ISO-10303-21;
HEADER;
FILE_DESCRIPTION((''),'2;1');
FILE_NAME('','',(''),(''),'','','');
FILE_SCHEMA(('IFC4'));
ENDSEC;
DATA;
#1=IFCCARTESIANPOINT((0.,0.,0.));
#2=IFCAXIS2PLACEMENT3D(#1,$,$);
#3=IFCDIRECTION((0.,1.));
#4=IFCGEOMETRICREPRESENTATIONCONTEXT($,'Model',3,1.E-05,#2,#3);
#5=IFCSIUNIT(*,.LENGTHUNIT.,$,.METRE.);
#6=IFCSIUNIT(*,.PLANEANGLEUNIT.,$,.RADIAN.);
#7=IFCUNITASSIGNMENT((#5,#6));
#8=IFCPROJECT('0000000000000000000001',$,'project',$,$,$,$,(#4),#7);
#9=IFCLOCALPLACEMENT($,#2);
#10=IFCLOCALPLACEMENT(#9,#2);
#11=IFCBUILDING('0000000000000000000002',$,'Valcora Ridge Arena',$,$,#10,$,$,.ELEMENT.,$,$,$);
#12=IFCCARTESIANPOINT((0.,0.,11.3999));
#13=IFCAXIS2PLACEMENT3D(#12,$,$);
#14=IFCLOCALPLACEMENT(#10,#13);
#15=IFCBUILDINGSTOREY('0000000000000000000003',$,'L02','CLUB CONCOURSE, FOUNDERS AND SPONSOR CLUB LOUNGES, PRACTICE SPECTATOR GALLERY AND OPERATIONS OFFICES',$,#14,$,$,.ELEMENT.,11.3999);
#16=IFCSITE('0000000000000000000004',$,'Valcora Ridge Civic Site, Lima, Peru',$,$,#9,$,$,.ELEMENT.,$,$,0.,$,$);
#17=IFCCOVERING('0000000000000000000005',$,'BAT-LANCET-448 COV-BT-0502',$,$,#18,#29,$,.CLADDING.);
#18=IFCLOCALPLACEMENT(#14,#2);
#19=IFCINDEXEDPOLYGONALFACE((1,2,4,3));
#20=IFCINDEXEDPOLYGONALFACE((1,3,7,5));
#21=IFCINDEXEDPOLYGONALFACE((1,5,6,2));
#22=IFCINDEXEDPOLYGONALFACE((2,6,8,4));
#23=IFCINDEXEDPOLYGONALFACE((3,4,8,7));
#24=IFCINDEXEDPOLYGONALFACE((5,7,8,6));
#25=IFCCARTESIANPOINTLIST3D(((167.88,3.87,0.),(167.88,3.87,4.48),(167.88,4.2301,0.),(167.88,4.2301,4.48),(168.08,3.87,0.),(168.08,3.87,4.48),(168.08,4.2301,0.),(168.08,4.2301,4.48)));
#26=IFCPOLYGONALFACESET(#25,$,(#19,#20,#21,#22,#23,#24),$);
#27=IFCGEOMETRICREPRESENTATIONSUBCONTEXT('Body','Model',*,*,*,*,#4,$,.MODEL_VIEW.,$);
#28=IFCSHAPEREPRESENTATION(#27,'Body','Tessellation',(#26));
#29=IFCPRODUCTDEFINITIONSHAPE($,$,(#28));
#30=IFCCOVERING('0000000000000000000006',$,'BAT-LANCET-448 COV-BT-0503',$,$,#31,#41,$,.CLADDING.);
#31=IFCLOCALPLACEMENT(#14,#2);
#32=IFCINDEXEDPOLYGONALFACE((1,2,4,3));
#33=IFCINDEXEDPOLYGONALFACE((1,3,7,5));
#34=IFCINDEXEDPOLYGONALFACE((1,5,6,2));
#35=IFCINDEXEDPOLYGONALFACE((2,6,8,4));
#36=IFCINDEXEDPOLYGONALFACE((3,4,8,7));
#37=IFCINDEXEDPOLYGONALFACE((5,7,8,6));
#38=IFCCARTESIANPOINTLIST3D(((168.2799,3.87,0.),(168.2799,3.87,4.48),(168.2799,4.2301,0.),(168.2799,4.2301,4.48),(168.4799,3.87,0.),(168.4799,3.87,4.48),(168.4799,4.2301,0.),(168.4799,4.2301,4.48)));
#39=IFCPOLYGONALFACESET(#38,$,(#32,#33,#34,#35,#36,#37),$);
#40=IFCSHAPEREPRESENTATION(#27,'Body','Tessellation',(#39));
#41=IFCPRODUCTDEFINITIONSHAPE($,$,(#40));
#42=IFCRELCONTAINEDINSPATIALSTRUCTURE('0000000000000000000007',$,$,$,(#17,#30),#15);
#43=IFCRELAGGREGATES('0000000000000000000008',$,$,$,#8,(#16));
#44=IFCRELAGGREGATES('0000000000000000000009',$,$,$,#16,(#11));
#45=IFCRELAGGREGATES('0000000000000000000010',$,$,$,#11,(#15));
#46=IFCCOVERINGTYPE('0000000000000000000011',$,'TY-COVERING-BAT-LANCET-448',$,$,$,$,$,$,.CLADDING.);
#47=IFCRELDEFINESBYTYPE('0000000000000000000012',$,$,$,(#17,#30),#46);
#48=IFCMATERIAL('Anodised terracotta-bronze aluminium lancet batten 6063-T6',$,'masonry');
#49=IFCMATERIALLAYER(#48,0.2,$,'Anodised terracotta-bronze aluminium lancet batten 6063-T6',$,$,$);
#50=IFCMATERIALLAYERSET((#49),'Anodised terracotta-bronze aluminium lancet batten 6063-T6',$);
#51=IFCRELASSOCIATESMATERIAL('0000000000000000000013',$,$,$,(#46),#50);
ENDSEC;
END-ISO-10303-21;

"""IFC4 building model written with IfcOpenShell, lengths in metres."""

from ifc_helpers import new_model, si_unit, direction, frame, origin, origin_2d, place, context, subcontext, project, spatial, rectangle, extrude, material, layer, layer_set, type_object, element, save


model = new_model("IFC4")

# Units and contexts
model_context = context("Model", 3, precision=1e-05, world=origin(), true_north=direction((0.0, 1.0)))
body_context = subcontext(model_context, "Body", "Model", "MODEL_VIEW")
ifc_project = project(units=[si_unit("LENGTHUNIT", "METRE"), si_unit("PLANEANGLEUNIT", "RADIAN")], contexts=[model_context])

# Site, building, storey
site_placement = place(None, origin())
site = spatial("IfcSite", under=ifc_project, at=site_placement, Name="Valcora Ridge Civic Site, Lima, Peru", CompositionType="ELEMENT", RefElevation=0.0)
building_placement = place(site_placement, origin())
building = spatial("IfcBuilding", under=site, at=building_placement, Name="Valcora Ridge Arena", CompositionType="ELEMENT")
storey_placement = place(building_placement, frame((0.0, 0.0, 11.3999)))
storey = spatial("IfcBuildingStorey", under=building, at=storey_placement, Name="L02", Description="CLUB CONCOURSE, FOUNDERS AND SPONSOR CLUB LOUNGES, PRACTICE SPECTATOR GALLERY AND OPERATIONS OFFICES", CompositionType="ELEMENT", Elevation=11.3999)

# Coverings
ifc_material_1 = material(Name="Anodised terracotta-bronze aluminium lancet batten 6063-T6", Category="masonry")
ifc_layer_1 = layer(ifc_material_1, 0.2, Name="Anodised terracotta-bronze aluminium lancet batten 6063-T6")
ifc_layer_set_1 = layer_set([ifc_layer_1], Name="Anodised terracotta-bronze aluminium lancet batten 6063-T6")
covering_type = type_object("IfcCoveringType", Name="TY-COVERING-BAT-LANCET-448", PredefinedType="CLADDING", material=ifc_layer_set_1)
for number, where, z_axis, x_axis, name in (
    (1, (167.98, 4.05, 0.0), (0.0, 0.0, 1.0), (1.0, 0.0, 0.0), "BAT-LANCET-448 COV-BT-0502"),
    (2, (168.3799, 4.05, 0.0), (0.0, 0.0, 1.0), (1.0, 0.0, 0.0), "BAT-LANCET-448 COV-BT-0503"),
):
    element("IfcCovering", number, at=place(storey_placement, frame(where, z_axis=z_axis, x_axis=x_axis)), inside=storey, type_object=covering_type, Name=name, PredefinedType="CLADDING", context=body_context, shape_type="SweptSolid", body=[
        extrude(rectangle(XDim=0.2, YDim=0.3601, at=origin_2d()), origin(), (0.0, 0.0, 1.0), 4.48),
    ])

save(model, "model.ifc")
